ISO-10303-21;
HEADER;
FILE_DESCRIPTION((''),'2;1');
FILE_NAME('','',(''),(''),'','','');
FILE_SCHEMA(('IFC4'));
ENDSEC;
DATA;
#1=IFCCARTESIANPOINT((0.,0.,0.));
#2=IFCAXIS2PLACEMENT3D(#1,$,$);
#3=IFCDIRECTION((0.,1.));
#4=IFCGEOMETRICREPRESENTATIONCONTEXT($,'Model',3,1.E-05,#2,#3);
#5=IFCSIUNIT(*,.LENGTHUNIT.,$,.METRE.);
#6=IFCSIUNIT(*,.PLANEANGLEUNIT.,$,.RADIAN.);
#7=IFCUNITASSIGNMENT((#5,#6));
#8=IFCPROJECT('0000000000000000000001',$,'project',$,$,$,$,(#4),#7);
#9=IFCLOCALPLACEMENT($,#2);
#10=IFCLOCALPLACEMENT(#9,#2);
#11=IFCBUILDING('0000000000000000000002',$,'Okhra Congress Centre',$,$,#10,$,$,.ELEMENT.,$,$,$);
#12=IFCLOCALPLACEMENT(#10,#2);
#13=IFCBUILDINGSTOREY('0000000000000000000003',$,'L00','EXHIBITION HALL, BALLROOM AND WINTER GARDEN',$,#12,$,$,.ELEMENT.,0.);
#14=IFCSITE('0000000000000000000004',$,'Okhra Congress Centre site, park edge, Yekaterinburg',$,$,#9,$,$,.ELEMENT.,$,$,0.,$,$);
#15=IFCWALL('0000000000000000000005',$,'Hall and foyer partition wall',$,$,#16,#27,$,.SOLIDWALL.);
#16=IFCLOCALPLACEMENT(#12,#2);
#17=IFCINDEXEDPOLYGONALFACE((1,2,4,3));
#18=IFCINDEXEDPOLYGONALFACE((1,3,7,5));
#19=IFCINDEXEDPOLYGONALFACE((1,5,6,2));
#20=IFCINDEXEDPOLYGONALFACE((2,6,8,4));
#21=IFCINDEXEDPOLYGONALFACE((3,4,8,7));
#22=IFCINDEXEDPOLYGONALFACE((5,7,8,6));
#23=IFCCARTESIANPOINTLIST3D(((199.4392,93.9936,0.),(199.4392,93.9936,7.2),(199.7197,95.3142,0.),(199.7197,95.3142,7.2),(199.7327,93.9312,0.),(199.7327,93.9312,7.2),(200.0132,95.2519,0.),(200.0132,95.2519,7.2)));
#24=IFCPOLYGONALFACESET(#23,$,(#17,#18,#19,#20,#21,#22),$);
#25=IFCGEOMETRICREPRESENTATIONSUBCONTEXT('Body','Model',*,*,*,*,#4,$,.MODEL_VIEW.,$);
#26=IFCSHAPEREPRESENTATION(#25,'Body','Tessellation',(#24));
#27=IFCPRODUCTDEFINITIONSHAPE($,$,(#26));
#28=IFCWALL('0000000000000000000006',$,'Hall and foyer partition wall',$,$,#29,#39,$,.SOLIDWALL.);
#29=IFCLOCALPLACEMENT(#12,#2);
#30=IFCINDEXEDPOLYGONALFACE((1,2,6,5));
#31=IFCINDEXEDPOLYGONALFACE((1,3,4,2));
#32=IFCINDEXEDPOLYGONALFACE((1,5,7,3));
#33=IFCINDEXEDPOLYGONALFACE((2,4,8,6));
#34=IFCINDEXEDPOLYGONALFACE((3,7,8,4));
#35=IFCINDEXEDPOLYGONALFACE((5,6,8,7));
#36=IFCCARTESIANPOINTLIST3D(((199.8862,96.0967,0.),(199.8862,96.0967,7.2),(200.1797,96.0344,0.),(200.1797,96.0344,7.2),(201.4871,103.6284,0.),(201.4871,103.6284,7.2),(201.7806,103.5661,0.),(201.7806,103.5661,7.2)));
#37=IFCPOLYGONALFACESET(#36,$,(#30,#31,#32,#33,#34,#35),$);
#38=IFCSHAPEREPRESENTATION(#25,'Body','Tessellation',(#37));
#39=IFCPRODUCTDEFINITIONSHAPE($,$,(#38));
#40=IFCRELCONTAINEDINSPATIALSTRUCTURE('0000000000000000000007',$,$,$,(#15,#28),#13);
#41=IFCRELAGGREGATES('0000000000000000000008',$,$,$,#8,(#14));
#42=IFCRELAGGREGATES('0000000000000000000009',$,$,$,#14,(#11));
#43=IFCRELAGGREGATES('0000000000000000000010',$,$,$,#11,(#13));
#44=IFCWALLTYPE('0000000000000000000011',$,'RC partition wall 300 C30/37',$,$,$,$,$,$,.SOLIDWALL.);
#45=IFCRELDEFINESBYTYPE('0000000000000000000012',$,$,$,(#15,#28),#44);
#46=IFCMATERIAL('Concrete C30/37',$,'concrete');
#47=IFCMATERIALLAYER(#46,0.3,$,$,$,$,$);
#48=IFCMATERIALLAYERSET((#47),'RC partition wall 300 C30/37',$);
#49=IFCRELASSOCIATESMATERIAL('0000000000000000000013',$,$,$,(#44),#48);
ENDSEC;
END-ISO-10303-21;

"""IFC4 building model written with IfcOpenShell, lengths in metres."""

from ifc_helpers import new_model, si_unit, direction, frame, frame_2d, origin, place, context, subcontext, project, spatial, rectangle, extrude, material, layer, layer_set, type_object, element, save


model = new_model("IFC4")

# Units and contexts
model_context = context("Model", 3, precision=1e-05, world=origin(), true_north=direction((0.0, 1.0)))
body_context = subcontext(model_context, "Body", "Model", "MODEL_VIEW")
ifc_project = project(units=[si_unit("LENGTHUNIT", "METRE"), si_unit("PLANEANGLEUNIT", "RADIAN")], contexts=[model_context])

# Site, building, storey
site_placement = place(None, origin())
site = spatial("IfcSite", under=ifc_project, at=site_placement, Name="Okhra Congress Centre site, park edge, Yekaterinburg", CompositionType="ELEMENT", RefElevation=0.0)
building_placement = place(site_placement, origin())
building = spatial("IfcBuilding", under=site, at=building_placement, Name="Okhra Congress Centre", CompositionType="ELEMENT")
storey_placement = place(building_placement, origin())
storey = spatial("IfcBuildingStorey", under=building, at=storey_placement, Name="L00", Description="EXHIBITION HALL, BALLROOM AND WINTER GARDEN", CompositionType="ELEMENT", Elevation=0.0)

# Shared definitions
ifc_material_1 = material(Name="Concrete C30/37", Category="concrete")

# Walls
ifc_layer_1 = layer(ifc_material_1, 0.3)
ifc_layer_set_1 = layer_set([ifc_layer_1], Name="RC partition wall 300 C30/37")
wall_type_1 = type_object("IfcWallType", Name="RC partition wall 300 C30/37", PredefinedType="SOLIDWALL", material=ifc_layer_set_1)
wall_1_placement = place(storey_placement, frame((199.5859, 93.9624, 0.0), z_axis=(0.0, 0.0, 1.0), x_axis=(0.207787, 0.978174, 0.0)))
element("IfcWall", 1, at=wall_1_placement, inside=storey, type_object=wall_type_1, Name="Hall and foyer partition wall", PredefinedType="SOLIDWALL", context=body_context, shape_type="SweptSolid", body=[
    extrude(rectangle(XDim=1.3501, YDim=0.3, at=frame_2d((0.675, 0.0))), origin(), (0.0, 0.0, 1.0), 7.2),
])
wall_2_placement = place(storey_placement, frame((200.033, 96.0654, 0.0), z_axis=(0.0, 0.0, 1.0), x_axis=(0.2079, 0.97815, 0.0)))
element("IfcWall", 2, at=wall_2_placement, inside=storey, type_object=wall_type_1, Name="Hall and foyer partition wall", PredefinedType="SOLIDWALL", context=body_context, shape_type="SweptSolid", body=[
    extrude(rectangle(XDim=7.7, YDim=0.3, at=frame_2d((3.8501, 0.0))), origin(), (0.0, 0.0, 1.0), 7.2),
])

save(model, "model.ifc")
